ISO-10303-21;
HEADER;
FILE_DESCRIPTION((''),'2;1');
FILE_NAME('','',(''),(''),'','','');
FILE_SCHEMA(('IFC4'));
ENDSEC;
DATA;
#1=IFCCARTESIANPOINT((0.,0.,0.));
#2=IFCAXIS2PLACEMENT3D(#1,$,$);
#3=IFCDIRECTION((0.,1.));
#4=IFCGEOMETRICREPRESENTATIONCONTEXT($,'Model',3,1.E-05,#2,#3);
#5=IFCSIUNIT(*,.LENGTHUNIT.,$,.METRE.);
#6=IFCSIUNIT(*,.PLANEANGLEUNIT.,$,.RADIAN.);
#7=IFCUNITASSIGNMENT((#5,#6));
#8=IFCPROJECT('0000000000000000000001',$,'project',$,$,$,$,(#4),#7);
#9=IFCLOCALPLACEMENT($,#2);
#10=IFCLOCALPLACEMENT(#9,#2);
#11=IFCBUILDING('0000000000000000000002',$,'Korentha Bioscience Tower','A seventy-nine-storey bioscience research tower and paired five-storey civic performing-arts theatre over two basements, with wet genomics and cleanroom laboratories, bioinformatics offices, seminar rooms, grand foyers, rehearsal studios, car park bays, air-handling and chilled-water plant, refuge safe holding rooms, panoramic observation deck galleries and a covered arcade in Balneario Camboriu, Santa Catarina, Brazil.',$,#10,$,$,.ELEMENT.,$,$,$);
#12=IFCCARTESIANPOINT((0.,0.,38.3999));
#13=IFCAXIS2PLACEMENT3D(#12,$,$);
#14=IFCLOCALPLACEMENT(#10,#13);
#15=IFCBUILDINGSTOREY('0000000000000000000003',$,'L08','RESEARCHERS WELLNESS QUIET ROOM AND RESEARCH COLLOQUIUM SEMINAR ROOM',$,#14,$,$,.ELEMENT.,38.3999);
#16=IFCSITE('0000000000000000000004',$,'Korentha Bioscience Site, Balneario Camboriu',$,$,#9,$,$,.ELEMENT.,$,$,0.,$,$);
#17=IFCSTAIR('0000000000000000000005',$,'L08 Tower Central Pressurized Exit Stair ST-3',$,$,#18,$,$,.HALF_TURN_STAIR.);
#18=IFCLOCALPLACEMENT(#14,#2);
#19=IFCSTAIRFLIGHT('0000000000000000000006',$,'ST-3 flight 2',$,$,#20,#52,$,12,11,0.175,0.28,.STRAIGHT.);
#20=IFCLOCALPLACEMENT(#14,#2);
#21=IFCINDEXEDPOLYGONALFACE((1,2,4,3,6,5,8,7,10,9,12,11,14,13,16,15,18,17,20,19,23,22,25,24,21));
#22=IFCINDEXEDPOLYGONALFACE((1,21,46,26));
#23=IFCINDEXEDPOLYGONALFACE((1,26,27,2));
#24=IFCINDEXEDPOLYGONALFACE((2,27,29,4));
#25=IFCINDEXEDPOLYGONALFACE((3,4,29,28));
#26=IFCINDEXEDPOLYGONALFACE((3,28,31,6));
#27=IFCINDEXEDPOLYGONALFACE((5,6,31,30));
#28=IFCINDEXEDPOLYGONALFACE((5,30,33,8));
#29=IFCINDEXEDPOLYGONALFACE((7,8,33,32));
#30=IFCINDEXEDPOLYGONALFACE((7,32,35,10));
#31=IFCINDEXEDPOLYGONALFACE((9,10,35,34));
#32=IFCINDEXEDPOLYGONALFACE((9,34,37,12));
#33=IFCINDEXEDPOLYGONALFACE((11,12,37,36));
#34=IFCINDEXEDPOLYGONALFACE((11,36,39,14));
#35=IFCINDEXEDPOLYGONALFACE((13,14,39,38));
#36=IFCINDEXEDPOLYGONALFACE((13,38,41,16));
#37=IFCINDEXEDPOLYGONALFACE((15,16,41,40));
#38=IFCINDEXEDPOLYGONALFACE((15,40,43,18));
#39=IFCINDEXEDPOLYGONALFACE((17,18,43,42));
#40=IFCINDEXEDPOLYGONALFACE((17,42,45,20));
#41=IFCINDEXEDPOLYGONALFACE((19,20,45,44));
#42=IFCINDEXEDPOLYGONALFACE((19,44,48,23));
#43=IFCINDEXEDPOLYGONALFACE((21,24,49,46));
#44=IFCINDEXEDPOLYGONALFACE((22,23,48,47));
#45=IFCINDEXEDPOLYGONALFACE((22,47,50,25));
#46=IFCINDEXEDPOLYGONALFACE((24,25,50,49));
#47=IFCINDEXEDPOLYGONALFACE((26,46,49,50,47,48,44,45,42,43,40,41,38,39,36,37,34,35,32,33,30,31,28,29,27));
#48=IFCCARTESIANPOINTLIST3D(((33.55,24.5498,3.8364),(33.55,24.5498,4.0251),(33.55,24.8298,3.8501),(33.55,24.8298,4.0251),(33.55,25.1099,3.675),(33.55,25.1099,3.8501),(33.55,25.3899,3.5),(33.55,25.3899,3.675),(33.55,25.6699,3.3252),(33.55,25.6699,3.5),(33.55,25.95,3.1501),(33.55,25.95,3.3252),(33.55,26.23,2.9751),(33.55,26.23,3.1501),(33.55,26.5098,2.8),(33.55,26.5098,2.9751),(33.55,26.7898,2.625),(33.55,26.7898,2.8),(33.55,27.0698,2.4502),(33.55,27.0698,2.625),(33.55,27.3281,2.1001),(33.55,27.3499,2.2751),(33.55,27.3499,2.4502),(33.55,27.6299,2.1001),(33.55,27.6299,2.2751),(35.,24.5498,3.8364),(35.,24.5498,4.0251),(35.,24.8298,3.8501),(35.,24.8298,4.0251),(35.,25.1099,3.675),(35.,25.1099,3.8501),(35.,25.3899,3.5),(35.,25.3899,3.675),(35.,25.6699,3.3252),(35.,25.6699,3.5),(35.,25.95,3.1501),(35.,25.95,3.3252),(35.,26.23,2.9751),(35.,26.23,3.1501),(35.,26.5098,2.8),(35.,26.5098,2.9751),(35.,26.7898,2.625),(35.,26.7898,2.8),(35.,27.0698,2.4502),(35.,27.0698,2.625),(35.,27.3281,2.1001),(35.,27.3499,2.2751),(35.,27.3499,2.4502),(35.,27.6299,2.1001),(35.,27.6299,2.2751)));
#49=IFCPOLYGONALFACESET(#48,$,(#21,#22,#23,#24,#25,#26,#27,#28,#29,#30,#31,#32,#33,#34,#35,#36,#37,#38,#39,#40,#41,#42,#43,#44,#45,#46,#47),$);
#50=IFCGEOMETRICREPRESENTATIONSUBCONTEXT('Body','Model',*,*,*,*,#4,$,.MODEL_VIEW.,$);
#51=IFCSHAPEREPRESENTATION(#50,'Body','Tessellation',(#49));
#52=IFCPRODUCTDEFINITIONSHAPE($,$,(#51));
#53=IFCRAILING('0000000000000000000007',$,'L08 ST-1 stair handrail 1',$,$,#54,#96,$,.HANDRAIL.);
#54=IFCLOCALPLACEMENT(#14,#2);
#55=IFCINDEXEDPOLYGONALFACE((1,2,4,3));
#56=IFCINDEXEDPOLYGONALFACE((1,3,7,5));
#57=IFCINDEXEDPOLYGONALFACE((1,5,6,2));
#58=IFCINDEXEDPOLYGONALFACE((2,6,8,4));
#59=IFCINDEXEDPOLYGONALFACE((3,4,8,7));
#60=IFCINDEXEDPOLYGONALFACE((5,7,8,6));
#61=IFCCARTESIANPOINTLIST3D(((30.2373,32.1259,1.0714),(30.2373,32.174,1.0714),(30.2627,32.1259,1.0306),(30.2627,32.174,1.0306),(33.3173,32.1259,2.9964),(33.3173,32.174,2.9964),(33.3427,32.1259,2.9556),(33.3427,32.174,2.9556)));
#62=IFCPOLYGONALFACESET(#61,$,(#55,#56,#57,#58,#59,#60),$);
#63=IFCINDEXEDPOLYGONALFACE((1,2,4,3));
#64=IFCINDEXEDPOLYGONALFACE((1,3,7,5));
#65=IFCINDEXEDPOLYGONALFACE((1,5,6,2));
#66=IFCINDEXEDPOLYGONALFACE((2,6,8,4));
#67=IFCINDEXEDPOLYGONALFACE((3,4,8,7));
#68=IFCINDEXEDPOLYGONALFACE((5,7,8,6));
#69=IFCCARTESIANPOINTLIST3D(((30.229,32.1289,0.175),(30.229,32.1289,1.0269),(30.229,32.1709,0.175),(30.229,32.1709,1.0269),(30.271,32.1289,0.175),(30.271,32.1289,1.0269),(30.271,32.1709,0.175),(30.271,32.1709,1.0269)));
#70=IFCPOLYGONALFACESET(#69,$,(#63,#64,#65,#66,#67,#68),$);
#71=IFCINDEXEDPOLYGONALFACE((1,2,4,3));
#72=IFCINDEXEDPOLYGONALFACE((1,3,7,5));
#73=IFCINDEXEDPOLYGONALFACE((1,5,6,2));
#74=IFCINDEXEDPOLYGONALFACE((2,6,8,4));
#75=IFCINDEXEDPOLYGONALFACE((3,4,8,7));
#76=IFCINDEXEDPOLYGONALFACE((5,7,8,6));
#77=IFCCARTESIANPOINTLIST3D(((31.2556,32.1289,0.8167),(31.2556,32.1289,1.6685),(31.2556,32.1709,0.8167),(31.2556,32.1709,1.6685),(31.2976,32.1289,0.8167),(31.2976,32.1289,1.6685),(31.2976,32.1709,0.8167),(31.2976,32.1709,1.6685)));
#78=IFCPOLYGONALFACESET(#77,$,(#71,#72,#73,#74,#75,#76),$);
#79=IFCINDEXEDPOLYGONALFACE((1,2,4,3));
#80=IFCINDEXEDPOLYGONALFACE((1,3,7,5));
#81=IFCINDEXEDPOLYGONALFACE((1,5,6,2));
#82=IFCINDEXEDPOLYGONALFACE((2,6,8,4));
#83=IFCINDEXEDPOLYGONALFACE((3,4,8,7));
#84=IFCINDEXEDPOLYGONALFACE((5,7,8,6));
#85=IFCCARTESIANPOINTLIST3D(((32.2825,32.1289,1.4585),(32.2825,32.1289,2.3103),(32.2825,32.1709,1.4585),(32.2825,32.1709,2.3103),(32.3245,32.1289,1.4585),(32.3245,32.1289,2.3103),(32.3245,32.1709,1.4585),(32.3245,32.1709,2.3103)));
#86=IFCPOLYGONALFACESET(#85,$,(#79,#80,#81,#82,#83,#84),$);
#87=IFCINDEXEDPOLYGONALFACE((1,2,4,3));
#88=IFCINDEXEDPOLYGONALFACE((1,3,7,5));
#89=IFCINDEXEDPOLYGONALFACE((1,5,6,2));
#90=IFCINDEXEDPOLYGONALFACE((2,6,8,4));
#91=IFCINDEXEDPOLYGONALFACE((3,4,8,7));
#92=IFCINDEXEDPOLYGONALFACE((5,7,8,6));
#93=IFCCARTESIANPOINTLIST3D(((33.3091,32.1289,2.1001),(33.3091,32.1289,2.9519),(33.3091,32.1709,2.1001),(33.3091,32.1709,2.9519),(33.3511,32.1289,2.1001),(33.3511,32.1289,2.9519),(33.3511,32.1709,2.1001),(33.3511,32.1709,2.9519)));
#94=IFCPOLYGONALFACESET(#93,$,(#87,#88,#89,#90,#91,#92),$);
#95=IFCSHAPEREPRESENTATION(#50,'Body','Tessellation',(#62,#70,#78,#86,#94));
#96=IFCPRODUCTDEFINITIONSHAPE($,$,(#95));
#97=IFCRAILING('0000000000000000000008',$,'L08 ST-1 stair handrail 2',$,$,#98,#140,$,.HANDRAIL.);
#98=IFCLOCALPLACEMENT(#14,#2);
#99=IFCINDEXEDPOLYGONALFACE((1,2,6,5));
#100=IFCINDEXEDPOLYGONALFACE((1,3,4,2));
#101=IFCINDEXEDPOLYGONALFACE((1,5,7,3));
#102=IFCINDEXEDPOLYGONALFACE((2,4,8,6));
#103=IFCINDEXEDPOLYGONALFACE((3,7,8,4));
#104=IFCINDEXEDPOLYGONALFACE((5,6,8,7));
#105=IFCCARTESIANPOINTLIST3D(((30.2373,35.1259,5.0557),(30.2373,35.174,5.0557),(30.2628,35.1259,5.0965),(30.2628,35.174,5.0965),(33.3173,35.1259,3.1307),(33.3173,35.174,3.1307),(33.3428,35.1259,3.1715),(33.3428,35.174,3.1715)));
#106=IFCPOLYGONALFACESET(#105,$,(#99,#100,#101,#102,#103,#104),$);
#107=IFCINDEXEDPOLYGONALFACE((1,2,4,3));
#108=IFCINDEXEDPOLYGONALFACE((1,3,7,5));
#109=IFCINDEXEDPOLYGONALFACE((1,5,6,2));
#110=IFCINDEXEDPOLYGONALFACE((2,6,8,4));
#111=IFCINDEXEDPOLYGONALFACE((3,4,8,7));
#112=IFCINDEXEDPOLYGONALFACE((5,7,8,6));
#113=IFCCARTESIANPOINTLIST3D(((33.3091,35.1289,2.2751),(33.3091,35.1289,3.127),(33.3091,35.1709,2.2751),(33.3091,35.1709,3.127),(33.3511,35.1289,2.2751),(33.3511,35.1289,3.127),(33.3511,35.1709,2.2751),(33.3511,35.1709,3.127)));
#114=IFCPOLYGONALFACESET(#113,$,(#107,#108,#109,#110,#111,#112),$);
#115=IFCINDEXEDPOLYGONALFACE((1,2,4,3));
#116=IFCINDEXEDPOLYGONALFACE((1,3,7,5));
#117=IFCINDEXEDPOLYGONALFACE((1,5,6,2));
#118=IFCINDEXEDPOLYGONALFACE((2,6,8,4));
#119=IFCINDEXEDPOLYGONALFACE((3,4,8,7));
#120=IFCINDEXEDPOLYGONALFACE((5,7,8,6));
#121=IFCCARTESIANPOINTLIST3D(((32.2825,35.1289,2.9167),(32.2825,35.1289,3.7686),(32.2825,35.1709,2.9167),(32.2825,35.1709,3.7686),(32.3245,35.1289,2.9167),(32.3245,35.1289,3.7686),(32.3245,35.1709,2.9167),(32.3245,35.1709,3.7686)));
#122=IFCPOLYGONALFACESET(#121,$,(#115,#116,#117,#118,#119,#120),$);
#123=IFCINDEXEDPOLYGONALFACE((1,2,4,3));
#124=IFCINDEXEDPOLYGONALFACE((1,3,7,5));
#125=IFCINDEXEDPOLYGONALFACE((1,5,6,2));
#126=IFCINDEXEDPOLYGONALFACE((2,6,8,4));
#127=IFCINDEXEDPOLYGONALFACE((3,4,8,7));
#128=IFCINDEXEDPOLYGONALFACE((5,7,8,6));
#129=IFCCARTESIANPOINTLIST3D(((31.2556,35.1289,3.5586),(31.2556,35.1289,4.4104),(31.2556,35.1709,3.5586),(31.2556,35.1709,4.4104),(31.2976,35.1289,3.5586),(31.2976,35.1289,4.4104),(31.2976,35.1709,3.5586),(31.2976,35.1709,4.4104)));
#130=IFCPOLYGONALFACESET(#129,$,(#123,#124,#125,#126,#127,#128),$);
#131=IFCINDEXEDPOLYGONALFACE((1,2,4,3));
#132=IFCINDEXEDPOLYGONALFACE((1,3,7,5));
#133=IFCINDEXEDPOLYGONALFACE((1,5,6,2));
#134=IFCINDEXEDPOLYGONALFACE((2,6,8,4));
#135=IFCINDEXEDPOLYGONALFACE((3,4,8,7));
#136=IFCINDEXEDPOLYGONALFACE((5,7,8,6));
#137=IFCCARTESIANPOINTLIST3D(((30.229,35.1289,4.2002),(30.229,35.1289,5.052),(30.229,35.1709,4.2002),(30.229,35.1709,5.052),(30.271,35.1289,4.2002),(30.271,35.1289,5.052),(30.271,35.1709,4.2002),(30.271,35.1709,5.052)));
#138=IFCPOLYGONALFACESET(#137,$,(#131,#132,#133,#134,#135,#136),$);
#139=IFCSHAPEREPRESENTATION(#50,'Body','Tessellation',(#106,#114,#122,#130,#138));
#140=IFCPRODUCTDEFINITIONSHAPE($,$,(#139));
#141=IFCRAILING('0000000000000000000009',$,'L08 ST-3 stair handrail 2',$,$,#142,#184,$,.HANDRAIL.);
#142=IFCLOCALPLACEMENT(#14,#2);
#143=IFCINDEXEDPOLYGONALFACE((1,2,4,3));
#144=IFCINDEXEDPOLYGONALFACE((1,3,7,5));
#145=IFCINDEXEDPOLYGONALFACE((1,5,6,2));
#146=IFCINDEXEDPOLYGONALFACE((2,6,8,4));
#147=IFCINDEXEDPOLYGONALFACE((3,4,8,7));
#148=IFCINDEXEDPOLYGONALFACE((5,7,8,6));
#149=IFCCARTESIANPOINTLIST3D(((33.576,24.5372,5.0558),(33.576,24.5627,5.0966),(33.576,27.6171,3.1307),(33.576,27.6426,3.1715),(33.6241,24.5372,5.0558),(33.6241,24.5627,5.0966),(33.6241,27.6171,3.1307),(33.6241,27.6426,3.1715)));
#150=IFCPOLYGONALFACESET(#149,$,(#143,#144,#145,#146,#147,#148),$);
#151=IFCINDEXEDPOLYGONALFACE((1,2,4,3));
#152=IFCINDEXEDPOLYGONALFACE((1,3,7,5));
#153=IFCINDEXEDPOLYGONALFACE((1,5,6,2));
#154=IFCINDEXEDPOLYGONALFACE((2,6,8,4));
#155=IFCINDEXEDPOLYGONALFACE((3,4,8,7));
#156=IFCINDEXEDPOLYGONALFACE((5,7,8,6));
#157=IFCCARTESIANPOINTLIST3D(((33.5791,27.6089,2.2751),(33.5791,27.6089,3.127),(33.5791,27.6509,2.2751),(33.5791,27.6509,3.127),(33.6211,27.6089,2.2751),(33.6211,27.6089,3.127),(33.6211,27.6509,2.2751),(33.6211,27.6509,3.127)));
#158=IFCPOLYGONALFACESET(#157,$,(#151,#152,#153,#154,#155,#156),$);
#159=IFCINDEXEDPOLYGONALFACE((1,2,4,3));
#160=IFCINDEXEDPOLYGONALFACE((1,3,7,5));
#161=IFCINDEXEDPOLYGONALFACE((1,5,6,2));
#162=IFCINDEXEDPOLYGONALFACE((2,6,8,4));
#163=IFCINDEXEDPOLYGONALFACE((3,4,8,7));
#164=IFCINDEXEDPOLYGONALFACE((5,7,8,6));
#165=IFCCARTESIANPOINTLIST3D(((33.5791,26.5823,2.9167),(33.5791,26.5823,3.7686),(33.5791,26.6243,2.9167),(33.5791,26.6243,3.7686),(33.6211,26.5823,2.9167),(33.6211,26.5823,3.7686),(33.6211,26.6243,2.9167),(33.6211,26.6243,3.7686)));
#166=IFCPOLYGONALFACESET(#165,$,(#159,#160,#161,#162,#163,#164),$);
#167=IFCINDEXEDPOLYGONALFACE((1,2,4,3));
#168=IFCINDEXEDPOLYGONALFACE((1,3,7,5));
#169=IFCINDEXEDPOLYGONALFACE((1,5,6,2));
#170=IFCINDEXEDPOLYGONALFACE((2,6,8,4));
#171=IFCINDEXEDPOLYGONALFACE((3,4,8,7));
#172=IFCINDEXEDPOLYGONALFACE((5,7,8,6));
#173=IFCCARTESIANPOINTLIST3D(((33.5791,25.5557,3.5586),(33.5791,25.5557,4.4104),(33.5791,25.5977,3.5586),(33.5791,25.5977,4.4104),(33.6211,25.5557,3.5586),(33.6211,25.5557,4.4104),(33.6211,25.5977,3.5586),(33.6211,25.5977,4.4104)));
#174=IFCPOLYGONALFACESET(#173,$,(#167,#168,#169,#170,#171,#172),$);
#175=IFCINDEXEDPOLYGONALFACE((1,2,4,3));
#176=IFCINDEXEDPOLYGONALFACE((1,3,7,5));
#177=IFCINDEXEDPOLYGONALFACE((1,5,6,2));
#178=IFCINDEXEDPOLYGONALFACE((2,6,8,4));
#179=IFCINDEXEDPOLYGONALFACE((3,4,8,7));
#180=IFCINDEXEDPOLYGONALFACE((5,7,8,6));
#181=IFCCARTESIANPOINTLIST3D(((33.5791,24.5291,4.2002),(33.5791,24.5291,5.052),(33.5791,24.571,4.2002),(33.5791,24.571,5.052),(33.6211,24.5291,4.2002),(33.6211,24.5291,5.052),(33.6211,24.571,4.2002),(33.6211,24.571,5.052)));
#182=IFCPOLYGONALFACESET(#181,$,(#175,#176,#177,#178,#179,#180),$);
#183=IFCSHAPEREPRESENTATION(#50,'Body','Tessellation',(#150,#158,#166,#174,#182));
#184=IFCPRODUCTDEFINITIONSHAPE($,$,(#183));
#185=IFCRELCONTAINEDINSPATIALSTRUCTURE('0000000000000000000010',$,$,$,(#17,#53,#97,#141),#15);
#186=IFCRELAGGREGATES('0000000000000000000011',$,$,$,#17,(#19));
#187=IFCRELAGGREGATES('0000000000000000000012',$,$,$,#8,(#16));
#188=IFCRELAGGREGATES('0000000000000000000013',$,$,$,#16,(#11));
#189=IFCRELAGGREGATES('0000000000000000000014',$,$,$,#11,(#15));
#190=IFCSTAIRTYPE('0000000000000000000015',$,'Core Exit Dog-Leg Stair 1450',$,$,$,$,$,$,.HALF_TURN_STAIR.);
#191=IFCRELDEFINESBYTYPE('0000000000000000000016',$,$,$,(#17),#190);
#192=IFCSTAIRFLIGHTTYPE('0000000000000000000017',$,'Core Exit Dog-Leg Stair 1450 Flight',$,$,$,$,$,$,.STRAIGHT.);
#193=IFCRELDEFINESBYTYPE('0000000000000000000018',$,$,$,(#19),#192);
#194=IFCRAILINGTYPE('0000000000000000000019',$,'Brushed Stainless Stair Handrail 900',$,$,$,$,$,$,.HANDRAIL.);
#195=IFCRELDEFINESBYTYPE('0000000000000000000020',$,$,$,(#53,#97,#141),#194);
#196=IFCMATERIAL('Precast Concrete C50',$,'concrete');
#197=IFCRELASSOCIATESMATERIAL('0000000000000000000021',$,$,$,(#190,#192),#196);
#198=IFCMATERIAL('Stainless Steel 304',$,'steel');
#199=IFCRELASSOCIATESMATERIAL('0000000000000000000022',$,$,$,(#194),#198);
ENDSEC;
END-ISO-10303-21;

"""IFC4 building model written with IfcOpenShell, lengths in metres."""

from ifc_helpers import new_model, si_unit, direction, frame, origin, origin_2d, place, context, subcontext, project, spatial, polyline, rectangle, outline, extrude, material, type_object, element, aggregate, save


model = new_model("IFC4")

# Units and contexts
model_context = context("Model", 3, precision=1e-05, world=origin(), true_north=direction((0.0, 1.0)))
body_context = subcontext(model_context, "Body", "Model", "MODEL_VIEW")
ifc_project = project(units=[si_unit("LENGTHUNIT", "METRE"), si_unit("PLANEANGLEUNIT", "RADIAN")], contexts=[model_context])

# Site, building, storey
site_placement = place(None, origin())
site = spatial("IfcSite", under=ifc_project, at=site_placement, Name="Korentha Bioscience Site, Balneario Camboriu", CompositionType="ELEMENT", RefElevation=0.0)
building_placement = place(site_placement, origin())
building = spatial("IfcBuilding", under=site, at=building_placement, Name="Korentha Bioscience Tower", Description="A seventy-nine-storey bioscience research tower and paired five-storey civic performing-arts theatre over two basements, with wet genomics and cleanroom laboratories, bioinformatics offices, seminar rooms, grand foyers, rehearsal studios, car park bays, air-handling and chilled-water plant, refuge safe holding rooms, panoramic observation deck galleries and a covered arcade in Balneario Camboriu, Santa Catarina, Brazil.", CompositionType="ELEMENT")
storey_placement = place(building_placement, frame((0.0, 0.0, 38.3999)))
storey = spatial("IfcBuildingStorey", under=building, at=storey_placement, Name="L08", Description="RESEARCHERS WELLNESS QUIET ROOM AND RESEARCH COLLOQUIUM SEMINAR ROOM", CompositionType="ELEMENT", Elevation=38.3999)

# Shared definitions
ifc_material_1 = material(Name="Precast Concrete C50", Category="concrete")
stair_type = type_object("IfcStairType", Name="Core Exit Dog-Leg Stair 1450", PredefinedType="HALF_TURN_STAIR", material=ifc_material_1)
stair_flight_type = type_object("IfcStairFlightType", Name="Core Exit Dog-Leg Stair 1450 Flight", PredefinedType="STRAIGHT", material=ifc_material_1)

# Stair, stair flight
stair_1_placement = place(storey_placement, origin())
stair_1 = element("IfcStair", 1, at=stair_1_placement, inside=storey, type_object=stair_type, Name="L08 Tower Central Pressurized Exit Stair ST-3", PredefinedType="HALF_TURN_STAIR")
stair_flight_1_placement = place(storey_placement, frame((34.2749, 27.6299, 2.1001), z_axis=(0.0, 0.0, 1.0), x_axis=(0.0, -1.0, 0.0)))
stair_flight_1 = element("IfcStairFlight", 2, at=stair_flight_1_placement, type_object=stair_flight_type, Name="ST-3 flight 2", NumberOfRisers=12, NumberOfTreads=11, PredefinedType="STRAIGHT", RiserHeight=0.175, TreadLength=0.28, context=body_context, shape_type="SweptSolid", body=[
    extrude(outline(polyline([(0.0, 0.0), (0.0, 0.175), (0.28, 0.175), (0.28, 0.3501), (0.5601, 0.3501), (0.5601, 0.5249), (0.8401, 0.5249), (0.8401, 0.7), (1.1201, 0.7), (1.1201, 0.875), (1.3999, 0.875), (1.3999, 1.05), (1.6799, 1.05), (1.6799, 1.2251), (1.96, 1.2251), (1.96, 1.3999), (2.24, 1.3999), (2.24, 1.575), (2.52, 1.575), (2.52, 1.75), (2.8, 1.75), (2.8, 1.925), (3.0801, 1.925), (3.0801, 2.1001), (3.0801, 1.7363), (0.3018, 0.0), (0.0, 0.0)])), frame((0.0, 0.7251, 0.0), z_axis=(0.0, -1.0, 0.0), x_axis=(1.0, 0.0, 0.0)), (0.0, 0.0, 1.0), 1.45),
])
aggregate(stair_1, [stair_flight_1])

# Railings
ifc_material_2 = material(Name="Stainless Steel 304", Category="steel")
railing_type_1 = type_object("IfcRailingType", Name="Brushed Stainless Stair Handrail 900", PredefinedType="HANDRAIL", material=ifc_material_2)
railing_1_placement = place(storey_placement, frame((30.25, 32.1499, 0.175)))
element("IfcRailing", 3, at=railing_1_placement, inside=storey, type_object=railing_type_1, Name="L08 ST-1 stair handrail 1", PredefinedType="HANDRAIL", context=body_context, shape_type="SweptSolid", body=[
    extrude(rectangle(XDim=0.0481, YDim=0.0481, at=origin_2d()), frame((0.0, 0.0, 0.876), z_axis=(0.847998, 0.0, 0.529999), x_axis=(0.0, 1.0, 0.0)), (0.0, 0.0, 1.0), 3.6321),
    extrude(rectangle(XDim=0.042, YDim=0.042, at=origin_2d()), origin(), (0.0, 0.0, 1.0), 0.8518),
    extrude(rectangle(XDim=0.042, YDim=0.042, at=origin_2d()), frame((1.0266, 0.0, 0.6416)), (0.0, 0.0, 1.0), 0.8518),
    extrude(rectangle(XDim=0.042, YDim=0.042, at=origin_2d()), frame((2.0535, 0.0, 1.2834)), (0.0, 0.0, 1.0), 0.8518),
    extrude(rectangle(XDim=0.042, YDim=0.042, at=origin_2d()), frame((3.0801, 0.0, 1.925)), (0.0, 0.0, 1.0), 0.8518),
])
railing_2_placement = place(storey_placement, frame((33.3301, 35.1499, 2.2751)))
element("IfcRailing", 4, at=railing_2_placement, inside=storey, type_object=railing_type_1, Name="L08 ST-1 stair handrail 2", PredefinedType="HANDRAIL", context=body_context, shape_type="SweptSolid", body=[
    extrude(rectangle(XDim=0.0481, YDim=0.0481, at=origin_2d()), frame((0.0, 0.0, 0.876), z_axis=(-0.847998, 0.0, 0.529999), x_axis=(0.0, -1.0, 0.0)), (0.0, 0.0, 1.0), 3.6321),
    extrude(rectangle(XDim=0.042, YDim=0.042, at=origin_2d()), origin(), (0.0, 0.0, 1.0), 0.8518),
    extrude(rectangle(XDim=0.042, YDim=0.042, at=origin_2d()), frame((-1.0266, 0.0, 0.6416)), (0.0, 0.0, 1.0), 0.8518),
    extrude(rectangle(XDim=0.042, YDim=0.042, at=origin_2d()), frame((-2.0535, 0.0, 1.2834)), (0.0, 0.0, 1.0), 0.8518),
    extrude(rectangle(XDim=0.042, YDim=0.042, at=origin_2d()), frame((-3.0801, 0.0, 1.925)), (0.0, 0.0, 1.0), 0.8518),
])
railing_3_placement = place(storey_placement, frame((33.6001, 27.6299, 2.2751)))
element("IfcRailing", 5, at=railing_3_placement, inside=storey, type_object=railing_type_1, Name="L08 ST-3 stair handrail 2", PredefinedType="HANDRAIL", context=body_context, shape_type="SweptSolid", body=[
    extrude(rectangle(XDim=0.0481, YDim=0.0481, at=origin_2d()), frame((0.0, 0.0, 0.876), z_axis=(0.0, -0.847979, 0.530029), x_axis=(1.0, 0.0, 0.0)), (0.0, 0.0, 1.0), 3.6321),
    extrude(rectangle(XDim=0.042, YDim=0.042, at=origin_2d()), origin(), (0.0, 0.0, 1.0), 0.8518),
    extrude(rectangle(XDim=0.042, YDim=0.042, at=origin_2d()), frame((0.0, -1.0266, 0.6416)), (0.0, 0.0, 1.0), 0.8518),
    extrude(rectangle(XDim=0.042, YDim=0.042, at=origin_2d()), frame((0.0, -2.0532, 1.2834)), (0.0, 0.0, 1.0), 0.8518),
    extrude(rectangle(XDim=0.042, YDim=0.042, at=origin_2d()), frame((0.0, -3.0798, 1.925)), (0.0, 0.0, 1.0), 0.8518),
])

save(model, "model.ifc")
